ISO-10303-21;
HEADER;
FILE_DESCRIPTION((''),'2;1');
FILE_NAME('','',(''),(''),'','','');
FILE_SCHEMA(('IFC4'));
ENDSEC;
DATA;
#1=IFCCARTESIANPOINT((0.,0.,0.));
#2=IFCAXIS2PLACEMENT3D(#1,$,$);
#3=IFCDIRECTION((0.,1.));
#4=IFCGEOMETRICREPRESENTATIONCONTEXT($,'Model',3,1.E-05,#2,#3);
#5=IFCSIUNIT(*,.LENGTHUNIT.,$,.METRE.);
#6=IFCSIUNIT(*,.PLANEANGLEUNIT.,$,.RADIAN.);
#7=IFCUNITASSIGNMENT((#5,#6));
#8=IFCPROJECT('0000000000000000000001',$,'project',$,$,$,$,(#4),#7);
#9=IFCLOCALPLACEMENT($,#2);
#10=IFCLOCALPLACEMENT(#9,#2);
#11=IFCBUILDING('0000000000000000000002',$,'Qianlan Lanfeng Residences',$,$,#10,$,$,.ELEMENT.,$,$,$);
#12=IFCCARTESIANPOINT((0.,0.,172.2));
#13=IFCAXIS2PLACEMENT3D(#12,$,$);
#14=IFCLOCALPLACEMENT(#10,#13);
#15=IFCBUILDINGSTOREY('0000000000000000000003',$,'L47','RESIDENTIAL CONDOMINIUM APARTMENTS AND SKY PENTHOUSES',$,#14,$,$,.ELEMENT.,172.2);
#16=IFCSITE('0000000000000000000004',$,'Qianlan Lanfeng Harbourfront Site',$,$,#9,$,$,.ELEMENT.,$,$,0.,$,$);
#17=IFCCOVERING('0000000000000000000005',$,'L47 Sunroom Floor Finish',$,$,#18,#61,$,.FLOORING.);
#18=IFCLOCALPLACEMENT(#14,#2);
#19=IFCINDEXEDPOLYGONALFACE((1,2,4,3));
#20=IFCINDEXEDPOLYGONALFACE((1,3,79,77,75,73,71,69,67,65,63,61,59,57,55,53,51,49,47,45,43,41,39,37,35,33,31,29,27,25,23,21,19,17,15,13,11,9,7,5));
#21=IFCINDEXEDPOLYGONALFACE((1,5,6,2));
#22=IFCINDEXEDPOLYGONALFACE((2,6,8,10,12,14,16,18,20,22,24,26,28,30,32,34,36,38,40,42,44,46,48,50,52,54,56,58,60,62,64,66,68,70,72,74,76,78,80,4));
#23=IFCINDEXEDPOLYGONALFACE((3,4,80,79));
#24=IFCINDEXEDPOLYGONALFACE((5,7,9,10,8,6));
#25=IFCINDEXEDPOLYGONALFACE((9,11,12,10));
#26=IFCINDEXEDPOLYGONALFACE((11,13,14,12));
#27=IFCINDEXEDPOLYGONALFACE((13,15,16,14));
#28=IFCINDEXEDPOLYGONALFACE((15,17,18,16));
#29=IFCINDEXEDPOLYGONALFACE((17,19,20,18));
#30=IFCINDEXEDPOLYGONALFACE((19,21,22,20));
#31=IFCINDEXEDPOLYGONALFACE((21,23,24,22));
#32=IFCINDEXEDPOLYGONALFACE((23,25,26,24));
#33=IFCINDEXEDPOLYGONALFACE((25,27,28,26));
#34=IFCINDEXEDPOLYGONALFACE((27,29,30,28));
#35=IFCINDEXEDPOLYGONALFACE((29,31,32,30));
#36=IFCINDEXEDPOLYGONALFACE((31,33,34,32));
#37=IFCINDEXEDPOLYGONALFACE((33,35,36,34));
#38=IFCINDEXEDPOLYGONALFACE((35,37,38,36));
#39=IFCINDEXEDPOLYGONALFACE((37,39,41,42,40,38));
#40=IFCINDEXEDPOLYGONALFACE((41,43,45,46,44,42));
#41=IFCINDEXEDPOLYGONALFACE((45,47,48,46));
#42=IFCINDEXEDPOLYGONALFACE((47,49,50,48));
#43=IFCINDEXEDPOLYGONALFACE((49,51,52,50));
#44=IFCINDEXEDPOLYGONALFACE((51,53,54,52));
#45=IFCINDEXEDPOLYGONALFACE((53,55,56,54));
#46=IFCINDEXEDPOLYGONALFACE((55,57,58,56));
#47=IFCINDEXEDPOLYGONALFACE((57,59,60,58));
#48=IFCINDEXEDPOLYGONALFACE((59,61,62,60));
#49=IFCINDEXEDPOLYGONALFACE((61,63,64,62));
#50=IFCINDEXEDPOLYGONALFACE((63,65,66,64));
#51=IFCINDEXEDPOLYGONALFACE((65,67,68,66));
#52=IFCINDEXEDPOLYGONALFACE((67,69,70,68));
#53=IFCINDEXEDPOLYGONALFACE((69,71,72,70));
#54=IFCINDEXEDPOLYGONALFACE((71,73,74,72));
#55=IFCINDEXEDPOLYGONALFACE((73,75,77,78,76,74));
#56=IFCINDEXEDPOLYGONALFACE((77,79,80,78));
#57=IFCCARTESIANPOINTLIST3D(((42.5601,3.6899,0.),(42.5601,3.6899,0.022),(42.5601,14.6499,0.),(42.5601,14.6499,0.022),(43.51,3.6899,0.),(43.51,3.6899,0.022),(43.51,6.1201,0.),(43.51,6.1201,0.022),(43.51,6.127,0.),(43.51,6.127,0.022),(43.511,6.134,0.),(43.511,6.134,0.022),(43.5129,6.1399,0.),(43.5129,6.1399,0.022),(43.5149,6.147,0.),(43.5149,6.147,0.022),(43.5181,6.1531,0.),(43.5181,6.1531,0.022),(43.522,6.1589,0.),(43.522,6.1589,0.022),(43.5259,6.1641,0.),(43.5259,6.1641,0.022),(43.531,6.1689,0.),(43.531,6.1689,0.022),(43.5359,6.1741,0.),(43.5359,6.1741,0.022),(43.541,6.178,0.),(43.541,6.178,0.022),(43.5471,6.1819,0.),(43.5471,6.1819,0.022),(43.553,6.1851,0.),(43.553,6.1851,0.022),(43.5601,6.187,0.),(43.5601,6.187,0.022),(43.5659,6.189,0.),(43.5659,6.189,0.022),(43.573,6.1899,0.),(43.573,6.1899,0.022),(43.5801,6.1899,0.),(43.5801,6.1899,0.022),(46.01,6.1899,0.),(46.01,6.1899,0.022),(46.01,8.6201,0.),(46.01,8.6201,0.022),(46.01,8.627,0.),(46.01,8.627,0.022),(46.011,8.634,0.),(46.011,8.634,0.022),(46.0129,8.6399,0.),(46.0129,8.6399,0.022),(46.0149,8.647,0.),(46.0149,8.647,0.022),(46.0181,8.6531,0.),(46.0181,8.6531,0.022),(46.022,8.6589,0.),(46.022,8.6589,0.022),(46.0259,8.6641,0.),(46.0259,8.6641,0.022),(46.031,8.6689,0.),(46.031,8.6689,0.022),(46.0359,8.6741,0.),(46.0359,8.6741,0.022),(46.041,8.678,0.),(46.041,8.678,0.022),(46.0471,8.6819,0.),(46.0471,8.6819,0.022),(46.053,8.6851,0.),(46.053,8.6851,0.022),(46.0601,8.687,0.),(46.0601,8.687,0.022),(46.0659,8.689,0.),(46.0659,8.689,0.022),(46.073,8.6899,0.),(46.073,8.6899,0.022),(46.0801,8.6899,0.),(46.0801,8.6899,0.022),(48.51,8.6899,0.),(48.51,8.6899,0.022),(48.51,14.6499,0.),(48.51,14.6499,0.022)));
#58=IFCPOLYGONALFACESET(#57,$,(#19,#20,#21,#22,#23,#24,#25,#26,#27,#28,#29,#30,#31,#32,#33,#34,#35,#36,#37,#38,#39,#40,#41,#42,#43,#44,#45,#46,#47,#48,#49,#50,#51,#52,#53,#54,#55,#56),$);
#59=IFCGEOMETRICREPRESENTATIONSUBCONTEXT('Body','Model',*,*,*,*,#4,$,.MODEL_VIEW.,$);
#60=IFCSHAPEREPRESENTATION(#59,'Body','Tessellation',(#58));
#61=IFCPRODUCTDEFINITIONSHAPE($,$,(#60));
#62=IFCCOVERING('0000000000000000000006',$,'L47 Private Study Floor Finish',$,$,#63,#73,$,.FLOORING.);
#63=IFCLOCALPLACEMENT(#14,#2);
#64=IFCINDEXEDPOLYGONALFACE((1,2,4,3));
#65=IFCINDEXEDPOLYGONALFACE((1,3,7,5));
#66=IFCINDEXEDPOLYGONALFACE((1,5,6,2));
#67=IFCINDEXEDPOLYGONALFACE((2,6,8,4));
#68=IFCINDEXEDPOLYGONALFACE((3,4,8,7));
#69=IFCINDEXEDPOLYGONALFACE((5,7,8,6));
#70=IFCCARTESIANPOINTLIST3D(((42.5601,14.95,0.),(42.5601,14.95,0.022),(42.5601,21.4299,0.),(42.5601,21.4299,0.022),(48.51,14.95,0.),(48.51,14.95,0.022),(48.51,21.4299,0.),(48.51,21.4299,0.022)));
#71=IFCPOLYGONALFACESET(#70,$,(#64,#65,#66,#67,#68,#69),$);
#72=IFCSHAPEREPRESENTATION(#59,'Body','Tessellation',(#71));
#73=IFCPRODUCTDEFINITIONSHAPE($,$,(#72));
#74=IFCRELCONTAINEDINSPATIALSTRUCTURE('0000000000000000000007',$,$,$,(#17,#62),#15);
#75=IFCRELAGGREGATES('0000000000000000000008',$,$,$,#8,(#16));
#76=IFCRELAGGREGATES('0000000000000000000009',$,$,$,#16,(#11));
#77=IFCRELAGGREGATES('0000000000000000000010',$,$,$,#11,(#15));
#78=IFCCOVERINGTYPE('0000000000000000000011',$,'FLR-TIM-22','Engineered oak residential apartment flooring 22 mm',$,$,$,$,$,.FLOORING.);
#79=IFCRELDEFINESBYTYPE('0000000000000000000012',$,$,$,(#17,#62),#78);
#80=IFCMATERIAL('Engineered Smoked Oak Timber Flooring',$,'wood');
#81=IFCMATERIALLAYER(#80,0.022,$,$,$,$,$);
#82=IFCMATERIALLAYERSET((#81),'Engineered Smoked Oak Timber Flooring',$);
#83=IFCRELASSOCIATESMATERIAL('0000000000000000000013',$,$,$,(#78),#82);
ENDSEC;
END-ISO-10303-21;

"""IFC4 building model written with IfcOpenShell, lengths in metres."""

from ifc_helpers import new_model, si_unit, direction, frame, origin, place, context, subcontext, project, spatial, polyline, outline, extrude, material, layer, layer_set, type_object, element, save


model = new_model("IFC4")

# Units and contexts
model_context = context("Model", 3, precision=1e-05, world=origin(), true_north=direction((0.0, 1.0)))
body_context = subcontext(model_context, "Body", "Model", "MODEL_VIEW")
ifc_project = project(units=[si_unit("LENGTHUNIT", "METRE"), si_unit("PLANEANGLEUNIT", "RADIAN")], contexts=[model_context])

# Site, building, storey
site_placement = place(None, origin())
site = spatial("IfcSite", under=ifc_project, at=site_placement, Name="Qianlan Lanfeng Harbourfront Site", CompositionType="ELEMENT", RefElevation=0.0)
building_placement = place(site_placement, origin())
building = spatial("IfcBuilding", under=site, at=building_placement, Name="Qianlan Lanfeng Residences", CompositionType="ELEMENT")
storey_placement = place(building_placement, frame((0.0, 0.0, 172.2)))
storey = spatial("IfcBuildingStorey", under=building, at=storey_placement, Name="L47", Description="RESIDENTIAL CONDOMINIUM APARTMENTS AND SKY PENTHOUSES", CompositionType="ELEMENT", Elevation=172.2)

# Coverings
ifc_material_1 = material(Name="Engineered Smoked Oak Timber Flooring", Category="wood")
ifc_layer_1 = layer(ifc_material_1, 0.022)
ifc_layer_set_1 = layer_set([ifc_layer_1], Name="Engineered Smoked Oak Timber Flooring")
covering_type_1 = type_object("IfcCoveringType", Name="FLR-TIM-22", Description="Engineered oak residential apartment flooring 22 mm", PredefinedType="FLOORING", material=ifc_layer_set_1)
covering_1_placement = place(storey_placement, origin())
element("IfcCovering", 1, at=covering_1_placement, inside=storey, type_object=covering_type_1, Name="L47 Sunroom Floor Finish", PredefinedType="FLOORING", context=body_context, shape_type="SweptSolid", body=[
    extrude(outline(polyline([(48.51, 14.6499), (42.5601, 14.6499), (42.5601, 3.6899), (43.51, 3.6899), (43.51, 6.1201), (43.51, 6.127), (43.511, 6.134), (43.5129, 6.1399), (43.5149, 6.147), (43.5181, 6.1531), (43.522, 6.1589), (43.5259, 6.1641), (43.531, 6.1689), (43.5359, 6.1741), (43.541, 6.178), (43.5471, 6.1819), (43.553, 6.1851), (43.5601, 6.187), (43.5659, 6.189), (43.573, 6.1899), (43.5801, 6.1899), (46.01, 6.1899), (46.01, 8.6201), (46.01, 8.627), (46.011, 8.634), (46.0129, 8.6399), (46.0149, 8.647), (46.0181, 8.6531), (46.022, 8.6589), (46.0259, 8.6641), (46.031, 8.6689), (46.0359, 8.6741), (46.041, 8.678), (46.0471, 8.6819), (46.053, 8.6851), (46.0601, 8.687), (46.0659, 8.689), (46.073, 8.6899), (46.0801, 8.6899), (48.51, 8.6899), (48.51, 14.6499)])), origin(), (0.0, 0.0, 1.0), 0.022),
])
covering_2_placement = place(storey_placement, origin())
element("IfcCovering", 2, at=covering_2_placement, inside=storey, type_object=covering_type_1, Name="L47 Private Study Floor Finish", PredefinedType="FLOORING", context=body_context, shape_type="SweptSolid", body=[
    extrude(outline(polyline([(48.51, 21.4299), (42.5601, 21.4299), (42.5601, 14.95), (48.51, 14.95), (48.51, 21.4299)])), origin(), (0.0, 0.0, 1.0), 0.022),
])

save(model, "model.ifc")
